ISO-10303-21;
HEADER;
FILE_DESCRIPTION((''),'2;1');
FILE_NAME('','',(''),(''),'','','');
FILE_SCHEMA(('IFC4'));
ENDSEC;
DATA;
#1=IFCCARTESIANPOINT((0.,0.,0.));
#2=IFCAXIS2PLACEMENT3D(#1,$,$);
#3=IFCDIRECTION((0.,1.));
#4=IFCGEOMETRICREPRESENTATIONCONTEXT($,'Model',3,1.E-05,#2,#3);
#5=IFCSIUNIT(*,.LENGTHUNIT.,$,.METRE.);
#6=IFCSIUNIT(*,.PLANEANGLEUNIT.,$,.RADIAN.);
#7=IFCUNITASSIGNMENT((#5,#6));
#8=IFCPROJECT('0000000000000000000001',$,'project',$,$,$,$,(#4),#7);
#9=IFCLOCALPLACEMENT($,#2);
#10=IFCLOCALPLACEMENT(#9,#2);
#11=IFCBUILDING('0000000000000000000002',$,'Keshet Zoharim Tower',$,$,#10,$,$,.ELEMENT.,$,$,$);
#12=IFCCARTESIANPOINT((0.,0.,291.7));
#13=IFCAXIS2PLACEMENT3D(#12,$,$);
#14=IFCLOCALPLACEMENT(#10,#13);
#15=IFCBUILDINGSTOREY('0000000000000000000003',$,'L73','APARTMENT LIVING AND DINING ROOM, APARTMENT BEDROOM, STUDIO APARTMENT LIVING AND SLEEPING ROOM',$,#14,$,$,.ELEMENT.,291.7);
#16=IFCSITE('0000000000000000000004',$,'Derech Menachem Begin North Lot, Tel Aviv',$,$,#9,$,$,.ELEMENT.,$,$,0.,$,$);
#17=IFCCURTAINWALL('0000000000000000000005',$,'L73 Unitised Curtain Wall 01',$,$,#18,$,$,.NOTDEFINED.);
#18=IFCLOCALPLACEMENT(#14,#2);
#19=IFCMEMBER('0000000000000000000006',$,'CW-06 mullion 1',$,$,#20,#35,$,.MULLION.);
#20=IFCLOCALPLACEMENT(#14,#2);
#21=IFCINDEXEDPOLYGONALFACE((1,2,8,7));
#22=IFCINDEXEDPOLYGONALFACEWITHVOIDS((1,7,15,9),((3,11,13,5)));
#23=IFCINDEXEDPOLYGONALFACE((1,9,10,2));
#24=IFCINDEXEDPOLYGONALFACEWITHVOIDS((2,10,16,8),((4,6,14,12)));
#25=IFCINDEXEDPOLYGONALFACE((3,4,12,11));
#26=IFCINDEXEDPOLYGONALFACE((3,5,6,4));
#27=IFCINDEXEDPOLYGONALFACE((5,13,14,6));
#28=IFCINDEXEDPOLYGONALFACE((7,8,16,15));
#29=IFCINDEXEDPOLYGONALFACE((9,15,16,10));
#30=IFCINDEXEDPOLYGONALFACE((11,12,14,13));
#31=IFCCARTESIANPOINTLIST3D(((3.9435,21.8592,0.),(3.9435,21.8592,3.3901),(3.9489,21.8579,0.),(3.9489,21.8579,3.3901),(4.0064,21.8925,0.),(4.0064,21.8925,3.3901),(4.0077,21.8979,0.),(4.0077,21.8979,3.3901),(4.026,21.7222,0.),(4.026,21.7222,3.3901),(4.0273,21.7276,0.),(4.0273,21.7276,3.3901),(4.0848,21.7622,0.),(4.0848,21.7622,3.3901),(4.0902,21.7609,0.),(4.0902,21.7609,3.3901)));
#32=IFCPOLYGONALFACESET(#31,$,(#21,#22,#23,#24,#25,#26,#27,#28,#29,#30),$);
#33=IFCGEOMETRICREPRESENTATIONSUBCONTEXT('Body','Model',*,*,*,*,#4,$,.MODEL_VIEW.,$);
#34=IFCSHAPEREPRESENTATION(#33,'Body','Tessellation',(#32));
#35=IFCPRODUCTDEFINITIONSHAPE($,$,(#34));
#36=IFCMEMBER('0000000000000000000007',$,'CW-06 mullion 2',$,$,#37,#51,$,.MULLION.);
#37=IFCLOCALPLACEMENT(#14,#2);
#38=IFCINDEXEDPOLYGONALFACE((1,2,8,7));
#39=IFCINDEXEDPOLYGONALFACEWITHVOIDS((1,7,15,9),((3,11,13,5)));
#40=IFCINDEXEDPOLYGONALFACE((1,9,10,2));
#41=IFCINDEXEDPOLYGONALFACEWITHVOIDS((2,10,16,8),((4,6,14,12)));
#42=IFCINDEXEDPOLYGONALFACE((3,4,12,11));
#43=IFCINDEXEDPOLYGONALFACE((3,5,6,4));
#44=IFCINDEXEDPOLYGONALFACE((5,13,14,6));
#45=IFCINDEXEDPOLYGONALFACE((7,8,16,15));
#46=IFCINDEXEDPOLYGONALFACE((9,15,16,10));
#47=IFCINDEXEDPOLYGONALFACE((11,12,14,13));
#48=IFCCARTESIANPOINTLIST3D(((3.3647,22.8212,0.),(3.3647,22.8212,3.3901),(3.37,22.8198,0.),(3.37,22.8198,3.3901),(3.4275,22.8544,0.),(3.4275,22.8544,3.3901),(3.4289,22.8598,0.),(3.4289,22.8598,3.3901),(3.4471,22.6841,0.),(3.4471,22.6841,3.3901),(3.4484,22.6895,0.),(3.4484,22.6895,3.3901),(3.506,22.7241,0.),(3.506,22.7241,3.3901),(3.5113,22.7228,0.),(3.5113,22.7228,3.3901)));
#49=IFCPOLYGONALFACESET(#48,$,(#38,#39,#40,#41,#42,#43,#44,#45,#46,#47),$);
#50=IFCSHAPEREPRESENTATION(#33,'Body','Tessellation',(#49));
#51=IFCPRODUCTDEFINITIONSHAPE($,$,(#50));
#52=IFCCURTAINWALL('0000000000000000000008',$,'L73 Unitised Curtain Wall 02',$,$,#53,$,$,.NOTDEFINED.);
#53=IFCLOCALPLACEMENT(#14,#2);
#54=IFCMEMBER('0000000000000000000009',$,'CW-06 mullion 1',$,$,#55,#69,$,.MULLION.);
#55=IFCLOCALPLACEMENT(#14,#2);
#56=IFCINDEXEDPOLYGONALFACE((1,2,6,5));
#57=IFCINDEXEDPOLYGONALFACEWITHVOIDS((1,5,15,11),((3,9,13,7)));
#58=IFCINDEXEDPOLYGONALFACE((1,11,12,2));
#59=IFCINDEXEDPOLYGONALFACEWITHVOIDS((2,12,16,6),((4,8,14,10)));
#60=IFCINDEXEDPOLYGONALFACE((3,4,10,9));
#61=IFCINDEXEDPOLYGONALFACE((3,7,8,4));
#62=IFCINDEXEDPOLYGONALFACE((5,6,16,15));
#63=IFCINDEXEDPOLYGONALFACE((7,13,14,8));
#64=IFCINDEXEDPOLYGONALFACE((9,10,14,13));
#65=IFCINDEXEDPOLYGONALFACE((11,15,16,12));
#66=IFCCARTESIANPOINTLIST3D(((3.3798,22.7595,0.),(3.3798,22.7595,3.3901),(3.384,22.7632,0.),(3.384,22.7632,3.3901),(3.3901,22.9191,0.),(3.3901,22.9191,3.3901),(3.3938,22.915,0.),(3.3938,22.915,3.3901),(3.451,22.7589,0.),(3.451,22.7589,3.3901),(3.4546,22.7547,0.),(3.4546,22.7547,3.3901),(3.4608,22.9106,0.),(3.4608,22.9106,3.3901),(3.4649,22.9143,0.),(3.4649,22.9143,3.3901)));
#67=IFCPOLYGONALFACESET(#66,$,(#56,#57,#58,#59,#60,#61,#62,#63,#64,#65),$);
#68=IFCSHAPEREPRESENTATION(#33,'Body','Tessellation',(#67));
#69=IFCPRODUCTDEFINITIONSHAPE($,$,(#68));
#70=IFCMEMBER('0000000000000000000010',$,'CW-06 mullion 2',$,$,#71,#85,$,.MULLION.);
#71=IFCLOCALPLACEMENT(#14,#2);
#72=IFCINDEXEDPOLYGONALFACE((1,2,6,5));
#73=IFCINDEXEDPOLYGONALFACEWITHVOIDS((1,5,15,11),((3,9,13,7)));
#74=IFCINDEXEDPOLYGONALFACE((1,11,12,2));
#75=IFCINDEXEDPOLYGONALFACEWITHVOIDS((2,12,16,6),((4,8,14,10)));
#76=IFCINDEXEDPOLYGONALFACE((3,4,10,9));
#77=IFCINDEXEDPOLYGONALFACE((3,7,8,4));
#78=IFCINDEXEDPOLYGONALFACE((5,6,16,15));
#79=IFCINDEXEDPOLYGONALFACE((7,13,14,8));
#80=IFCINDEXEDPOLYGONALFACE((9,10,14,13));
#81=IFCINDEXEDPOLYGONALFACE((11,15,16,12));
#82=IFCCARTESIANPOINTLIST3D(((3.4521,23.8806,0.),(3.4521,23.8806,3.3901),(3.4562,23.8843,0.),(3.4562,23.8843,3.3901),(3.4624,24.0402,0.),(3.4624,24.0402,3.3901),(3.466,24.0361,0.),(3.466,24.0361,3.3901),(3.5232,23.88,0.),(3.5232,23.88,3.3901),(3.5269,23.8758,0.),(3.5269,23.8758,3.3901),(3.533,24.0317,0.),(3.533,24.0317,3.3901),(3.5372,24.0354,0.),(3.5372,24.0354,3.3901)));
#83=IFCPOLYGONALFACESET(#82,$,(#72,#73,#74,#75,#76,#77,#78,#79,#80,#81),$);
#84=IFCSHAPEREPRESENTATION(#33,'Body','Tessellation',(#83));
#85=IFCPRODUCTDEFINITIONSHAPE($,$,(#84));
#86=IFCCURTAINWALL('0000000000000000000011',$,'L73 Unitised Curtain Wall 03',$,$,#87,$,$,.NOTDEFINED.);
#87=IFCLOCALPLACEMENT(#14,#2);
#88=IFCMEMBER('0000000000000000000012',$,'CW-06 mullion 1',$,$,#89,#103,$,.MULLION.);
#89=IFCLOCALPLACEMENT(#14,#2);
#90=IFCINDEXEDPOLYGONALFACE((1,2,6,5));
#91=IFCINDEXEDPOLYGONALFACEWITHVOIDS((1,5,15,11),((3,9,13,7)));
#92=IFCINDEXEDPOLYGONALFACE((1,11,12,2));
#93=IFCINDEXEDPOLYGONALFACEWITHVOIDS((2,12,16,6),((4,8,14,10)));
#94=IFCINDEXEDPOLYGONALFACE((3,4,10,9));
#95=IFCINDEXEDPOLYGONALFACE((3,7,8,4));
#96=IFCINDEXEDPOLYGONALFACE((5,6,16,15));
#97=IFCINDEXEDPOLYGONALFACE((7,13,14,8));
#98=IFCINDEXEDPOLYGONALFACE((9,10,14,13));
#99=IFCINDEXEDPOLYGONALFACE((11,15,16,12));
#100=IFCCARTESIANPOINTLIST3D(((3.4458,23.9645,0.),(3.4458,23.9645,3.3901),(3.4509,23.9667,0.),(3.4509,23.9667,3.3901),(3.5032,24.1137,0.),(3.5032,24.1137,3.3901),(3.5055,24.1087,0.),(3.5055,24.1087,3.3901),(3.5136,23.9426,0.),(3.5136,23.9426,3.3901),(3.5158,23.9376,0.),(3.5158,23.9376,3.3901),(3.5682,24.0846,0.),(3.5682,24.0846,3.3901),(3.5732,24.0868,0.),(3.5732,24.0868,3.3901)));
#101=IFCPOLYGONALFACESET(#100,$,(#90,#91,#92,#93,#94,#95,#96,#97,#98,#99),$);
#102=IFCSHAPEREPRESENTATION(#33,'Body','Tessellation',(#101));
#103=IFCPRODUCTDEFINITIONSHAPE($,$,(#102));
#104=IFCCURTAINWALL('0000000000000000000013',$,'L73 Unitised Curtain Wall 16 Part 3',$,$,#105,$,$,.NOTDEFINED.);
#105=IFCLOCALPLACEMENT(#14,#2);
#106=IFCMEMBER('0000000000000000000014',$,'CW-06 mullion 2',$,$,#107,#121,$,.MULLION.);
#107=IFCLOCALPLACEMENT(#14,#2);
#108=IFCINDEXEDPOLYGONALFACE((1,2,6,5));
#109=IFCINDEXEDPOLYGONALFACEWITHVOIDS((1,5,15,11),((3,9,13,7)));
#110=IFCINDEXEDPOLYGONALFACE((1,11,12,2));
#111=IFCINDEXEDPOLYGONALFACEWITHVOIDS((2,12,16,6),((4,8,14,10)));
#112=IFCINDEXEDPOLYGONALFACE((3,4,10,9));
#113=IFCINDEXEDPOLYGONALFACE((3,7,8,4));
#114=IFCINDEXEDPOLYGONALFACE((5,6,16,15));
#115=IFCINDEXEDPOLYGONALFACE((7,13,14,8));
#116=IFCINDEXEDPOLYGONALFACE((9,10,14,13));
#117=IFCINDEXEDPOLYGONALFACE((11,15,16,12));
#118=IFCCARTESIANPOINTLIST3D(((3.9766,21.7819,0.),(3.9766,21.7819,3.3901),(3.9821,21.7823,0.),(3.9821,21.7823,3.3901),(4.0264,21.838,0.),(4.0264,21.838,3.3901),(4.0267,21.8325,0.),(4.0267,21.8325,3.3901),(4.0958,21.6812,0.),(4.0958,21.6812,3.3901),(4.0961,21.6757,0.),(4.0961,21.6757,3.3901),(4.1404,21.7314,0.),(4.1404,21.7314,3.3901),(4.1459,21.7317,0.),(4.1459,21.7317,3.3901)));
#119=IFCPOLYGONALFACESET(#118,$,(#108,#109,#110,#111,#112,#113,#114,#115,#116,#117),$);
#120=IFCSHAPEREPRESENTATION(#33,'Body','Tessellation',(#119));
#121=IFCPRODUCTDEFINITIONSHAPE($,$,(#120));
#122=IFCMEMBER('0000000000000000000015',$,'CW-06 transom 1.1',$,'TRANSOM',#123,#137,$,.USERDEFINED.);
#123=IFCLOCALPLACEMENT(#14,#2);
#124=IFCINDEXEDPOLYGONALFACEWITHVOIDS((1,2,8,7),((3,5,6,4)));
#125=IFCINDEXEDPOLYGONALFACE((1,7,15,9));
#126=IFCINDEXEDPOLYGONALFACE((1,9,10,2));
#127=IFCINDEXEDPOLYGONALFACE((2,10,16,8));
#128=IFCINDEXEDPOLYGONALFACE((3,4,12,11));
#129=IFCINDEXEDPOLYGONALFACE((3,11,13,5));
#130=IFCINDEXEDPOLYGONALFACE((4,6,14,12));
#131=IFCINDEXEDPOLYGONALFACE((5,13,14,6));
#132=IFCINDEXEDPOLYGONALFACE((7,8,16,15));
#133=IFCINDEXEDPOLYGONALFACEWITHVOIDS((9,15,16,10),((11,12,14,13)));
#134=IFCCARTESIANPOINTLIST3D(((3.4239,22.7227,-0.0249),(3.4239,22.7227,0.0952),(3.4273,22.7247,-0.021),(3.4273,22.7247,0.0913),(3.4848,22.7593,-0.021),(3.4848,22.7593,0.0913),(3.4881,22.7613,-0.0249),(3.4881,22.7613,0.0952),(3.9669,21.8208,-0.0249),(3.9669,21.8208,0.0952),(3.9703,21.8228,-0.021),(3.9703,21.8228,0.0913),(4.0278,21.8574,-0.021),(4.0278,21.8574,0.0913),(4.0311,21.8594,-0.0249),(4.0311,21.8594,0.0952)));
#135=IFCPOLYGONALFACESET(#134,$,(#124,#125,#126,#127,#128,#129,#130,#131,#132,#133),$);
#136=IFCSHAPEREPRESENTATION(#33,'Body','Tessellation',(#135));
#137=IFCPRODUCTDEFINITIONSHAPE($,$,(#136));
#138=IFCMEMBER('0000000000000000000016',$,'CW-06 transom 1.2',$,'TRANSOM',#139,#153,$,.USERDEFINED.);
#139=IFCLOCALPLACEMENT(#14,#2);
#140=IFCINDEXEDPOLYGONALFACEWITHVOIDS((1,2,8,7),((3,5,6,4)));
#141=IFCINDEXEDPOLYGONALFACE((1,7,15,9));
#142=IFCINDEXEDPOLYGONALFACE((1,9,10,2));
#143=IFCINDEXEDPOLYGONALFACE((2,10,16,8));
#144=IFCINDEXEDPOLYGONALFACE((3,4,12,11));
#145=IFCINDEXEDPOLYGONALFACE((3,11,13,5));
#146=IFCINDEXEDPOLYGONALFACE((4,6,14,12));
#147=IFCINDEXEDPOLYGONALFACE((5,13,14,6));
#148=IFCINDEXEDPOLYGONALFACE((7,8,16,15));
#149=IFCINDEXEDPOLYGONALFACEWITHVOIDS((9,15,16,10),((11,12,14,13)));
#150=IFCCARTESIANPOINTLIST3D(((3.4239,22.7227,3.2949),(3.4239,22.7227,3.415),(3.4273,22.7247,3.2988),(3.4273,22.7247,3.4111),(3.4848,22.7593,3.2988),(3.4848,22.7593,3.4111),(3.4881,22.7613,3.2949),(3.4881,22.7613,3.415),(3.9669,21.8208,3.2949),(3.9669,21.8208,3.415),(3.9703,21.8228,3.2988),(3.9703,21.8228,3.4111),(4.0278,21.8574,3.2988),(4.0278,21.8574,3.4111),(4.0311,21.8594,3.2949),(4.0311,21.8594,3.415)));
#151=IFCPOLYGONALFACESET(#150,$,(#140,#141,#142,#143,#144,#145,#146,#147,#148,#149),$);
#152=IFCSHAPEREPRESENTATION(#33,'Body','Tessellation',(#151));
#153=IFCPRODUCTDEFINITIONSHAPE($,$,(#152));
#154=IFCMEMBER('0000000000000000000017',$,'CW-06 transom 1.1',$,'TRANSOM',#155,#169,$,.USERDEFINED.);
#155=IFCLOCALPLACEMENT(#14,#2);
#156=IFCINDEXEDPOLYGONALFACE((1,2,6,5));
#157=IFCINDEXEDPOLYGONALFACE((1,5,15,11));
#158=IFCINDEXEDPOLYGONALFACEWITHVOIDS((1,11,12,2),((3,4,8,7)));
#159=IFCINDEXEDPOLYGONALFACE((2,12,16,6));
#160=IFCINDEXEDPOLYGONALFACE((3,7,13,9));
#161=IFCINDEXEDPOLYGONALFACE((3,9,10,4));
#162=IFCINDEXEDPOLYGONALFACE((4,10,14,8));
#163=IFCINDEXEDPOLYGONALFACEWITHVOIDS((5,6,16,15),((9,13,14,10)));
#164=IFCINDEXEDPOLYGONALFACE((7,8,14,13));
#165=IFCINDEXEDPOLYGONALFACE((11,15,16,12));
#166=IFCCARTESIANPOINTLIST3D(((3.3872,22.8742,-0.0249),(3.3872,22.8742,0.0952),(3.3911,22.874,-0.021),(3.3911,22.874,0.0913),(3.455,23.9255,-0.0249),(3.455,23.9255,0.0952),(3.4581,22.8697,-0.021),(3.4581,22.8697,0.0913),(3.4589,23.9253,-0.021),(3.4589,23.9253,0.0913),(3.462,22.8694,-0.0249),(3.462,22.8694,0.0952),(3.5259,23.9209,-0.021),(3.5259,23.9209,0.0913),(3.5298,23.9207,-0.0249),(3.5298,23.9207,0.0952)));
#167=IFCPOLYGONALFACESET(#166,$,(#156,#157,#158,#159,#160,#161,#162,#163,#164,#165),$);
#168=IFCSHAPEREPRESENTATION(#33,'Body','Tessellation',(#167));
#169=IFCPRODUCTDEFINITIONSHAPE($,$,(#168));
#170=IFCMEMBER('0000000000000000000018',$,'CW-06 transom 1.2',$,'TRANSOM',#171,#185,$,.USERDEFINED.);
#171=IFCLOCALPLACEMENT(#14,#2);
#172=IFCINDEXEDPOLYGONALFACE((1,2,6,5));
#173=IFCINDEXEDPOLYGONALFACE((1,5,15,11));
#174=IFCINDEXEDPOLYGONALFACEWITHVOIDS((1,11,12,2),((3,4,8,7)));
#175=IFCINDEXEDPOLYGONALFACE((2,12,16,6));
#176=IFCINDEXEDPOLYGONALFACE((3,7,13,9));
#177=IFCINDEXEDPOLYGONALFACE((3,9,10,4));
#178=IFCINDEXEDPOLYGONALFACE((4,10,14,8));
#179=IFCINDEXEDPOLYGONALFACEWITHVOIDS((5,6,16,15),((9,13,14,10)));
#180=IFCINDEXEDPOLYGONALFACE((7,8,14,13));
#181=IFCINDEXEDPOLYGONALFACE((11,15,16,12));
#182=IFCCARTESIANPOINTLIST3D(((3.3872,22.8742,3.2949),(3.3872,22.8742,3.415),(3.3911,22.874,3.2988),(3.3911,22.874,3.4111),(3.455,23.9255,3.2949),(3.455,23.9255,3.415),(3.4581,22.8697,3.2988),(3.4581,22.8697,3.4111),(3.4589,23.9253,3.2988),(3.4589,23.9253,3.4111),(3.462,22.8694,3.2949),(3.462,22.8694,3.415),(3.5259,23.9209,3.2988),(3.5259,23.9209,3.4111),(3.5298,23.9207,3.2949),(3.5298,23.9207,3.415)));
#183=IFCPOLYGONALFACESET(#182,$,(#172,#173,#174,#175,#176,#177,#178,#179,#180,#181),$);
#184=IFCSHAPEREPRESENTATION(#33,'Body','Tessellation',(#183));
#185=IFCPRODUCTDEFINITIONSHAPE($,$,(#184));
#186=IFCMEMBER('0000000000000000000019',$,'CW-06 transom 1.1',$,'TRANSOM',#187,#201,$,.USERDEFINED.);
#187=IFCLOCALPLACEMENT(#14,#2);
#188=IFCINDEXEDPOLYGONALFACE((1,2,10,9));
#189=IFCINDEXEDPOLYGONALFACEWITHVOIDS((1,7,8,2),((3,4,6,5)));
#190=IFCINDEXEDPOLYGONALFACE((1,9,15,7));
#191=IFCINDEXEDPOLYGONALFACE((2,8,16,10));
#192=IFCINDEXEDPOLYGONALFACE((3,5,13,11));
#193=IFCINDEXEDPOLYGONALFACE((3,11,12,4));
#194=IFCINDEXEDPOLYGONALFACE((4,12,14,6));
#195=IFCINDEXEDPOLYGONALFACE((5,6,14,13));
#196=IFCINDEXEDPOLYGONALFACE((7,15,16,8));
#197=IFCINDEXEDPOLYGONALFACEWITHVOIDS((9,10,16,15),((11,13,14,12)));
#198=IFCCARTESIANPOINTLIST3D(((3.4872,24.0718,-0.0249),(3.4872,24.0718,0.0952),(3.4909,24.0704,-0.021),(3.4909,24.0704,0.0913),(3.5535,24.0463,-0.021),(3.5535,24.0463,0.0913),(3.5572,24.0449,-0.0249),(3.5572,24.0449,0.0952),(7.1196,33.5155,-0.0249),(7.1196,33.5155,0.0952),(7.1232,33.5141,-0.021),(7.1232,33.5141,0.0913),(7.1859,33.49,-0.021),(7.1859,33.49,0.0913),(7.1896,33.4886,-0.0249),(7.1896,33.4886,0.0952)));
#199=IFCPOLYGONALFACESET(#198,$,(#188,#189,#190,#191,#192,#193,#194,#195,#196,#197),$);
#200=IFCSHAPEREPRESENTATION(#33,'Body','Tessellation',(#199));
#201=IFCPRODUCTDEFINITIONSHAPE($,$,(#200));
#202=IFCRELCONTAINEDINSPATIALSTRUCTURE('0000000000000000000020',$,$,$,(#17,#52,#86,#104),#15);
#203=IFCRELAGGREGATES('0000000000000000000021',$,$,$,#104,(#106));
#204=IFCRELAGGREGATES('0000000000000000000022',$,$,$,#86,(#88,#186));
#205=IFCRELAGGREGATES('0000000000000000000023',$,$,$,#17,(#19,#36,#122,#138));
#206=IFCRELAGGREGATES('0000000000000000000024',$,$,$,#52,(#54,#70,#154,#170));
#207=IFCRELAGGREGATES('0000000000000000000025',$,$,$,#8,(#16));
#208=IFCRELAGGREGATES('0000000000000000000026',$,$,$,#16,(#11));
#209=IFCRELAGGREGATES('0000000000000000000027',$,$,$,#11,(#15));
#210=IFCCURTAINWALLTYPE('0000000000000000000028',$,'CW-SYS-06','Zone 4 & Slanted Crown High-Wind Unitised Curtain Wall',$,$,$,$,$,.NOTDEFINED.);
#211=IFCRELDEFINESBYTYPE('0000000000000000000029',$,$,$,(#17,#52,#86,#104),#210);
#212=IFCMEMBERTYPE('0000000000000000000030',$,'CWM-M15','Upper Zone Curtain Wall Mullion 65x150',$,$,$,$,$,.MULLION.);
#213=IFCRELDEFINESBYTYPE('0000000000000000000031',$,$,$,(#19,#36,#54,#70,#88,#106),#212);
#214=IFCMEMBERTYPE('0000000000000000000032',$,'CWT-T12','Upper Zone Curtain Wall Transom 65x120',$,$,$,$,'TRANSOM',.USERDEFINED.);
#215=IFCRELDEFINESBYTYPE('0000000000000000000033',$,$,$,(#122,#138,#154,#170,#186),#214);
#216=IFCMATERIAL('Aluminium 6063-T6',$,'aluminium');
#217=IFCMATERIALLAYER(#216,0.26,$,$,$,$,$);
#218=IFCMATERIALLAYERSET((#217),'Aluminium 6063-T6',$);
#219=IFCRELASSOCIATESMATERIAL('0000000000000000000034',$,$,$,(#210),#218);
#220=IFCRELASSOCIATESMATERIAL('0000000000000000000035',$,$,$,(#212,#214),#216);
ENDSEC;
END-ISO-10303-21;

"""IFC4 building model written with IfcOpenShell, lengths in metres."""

from ifc_helpers import new_model, si_unit, direction, frame, origin, origin_2d, place, context, subcontext, project, spatial, hollow_rectangle, extrude, material, layer, layer_set, material_profile, profile_set, type_object, element, aggregate, save


model = new_model("IFC4")

# Units and contexts
model_context = context("Model", 3, precision=1e-05, world=origin(), true_north=direction((0.0, 1.0)))
body_context = subcontext(model_context, "Body", "Model", "MODEL_VIEW")
ifc_project = project(units=[si_unit("LENGTHUNIT", "METRE"), si_unit("PLANEANGLEUNIT", "RADIAN")], contexts=[model_context])

# Site, building, storey
site_placement = place(None, origin())
site = spatial("IfcSite", under=ifc_project, at=site_placement, Name="Derech Menachem Begin North Lot, Tel Aviv", CompositionType="ELEMENT", RefElevation=0.0)
building_placement = place(site_placement, origin())
building = spatial("IfcBuilding", under=site, at=building_placement, Name="Keshet Zoharim Tower", CompositionType="ELEMENT")
storey_placement = place(building_placement, frame((0.0, 0.0, 291.7)))
storey = spatial("IfcBuildingStorey", under=building, at=storey_placement, Name="L73", Description="APARTMENT LIVING AND DINING ROOM, APARTMENT BEDROOM, STUDIO APARTMENT LIVING AND SLEEPING ROOM", CompositionType="ELEMENT", Elevation=291.7)

# Curtain walls, members
ifc_material_1 = material(Name="Aluminium 6063-T6", Category="aluminium")
ifc_layer_1 = layer(ifc_material_1, 0.26)
ifc_layer_set_1 = layer_set([ifc_layer_1], Name="Aluminium 6063-T6")
curtain_wall_type = type_object("IfcCurtainWallType", Name="CW-SYS-06", Description="Zone 4 & Slanted Crown High-Wind Unitised Curtain Wall", PredefinedType="NOTDEFINED", material=ifc_layer_set_1)
curtain_wall_1_placement = place(storey_placement, origin())
curtain_wall_1 = element("IfcCurtainWall", 1, at=curtain_wall_1_placement, inside=storey, type_object=curtain_wall_type, Name="L73 Unitised Curtain Wall 01", PredefinedType="NOTDEFINED")
ifc_material_profile_1 = material_profile(ifc_material_1, hollow_rectangle(XDim=0.075, YDim=0.1599, WallThickness=0.0039, at=origin_2d()), Name="MUL-75x160")
ifc_profile_set_1 = profile_set([ifc_material_profile_1], Name="Aluminium 6063-T6")
member_type_1 = type_object("IfcMemberType", Name="CWM-M15", Description="Upper Zone Curtain Wall Mullion 65x150", PredefinedType="MULLION", material=ifc_profile_set_1)
member_1_placement = place(storey_placement, frame((4.0168, 21.8101, 0.0), z_axis=(0.0, 0.0, 1.0), x_axis=(-0.856826, -0.515605, 0.0)))
member_1 = element("IfcMember", 2, at=member_1_placement, type_object=member_type_1, Name="CW-06 mullion 1", PredefinedType="MULLION", context=body_context, shape_type="SweptSolid", body=[
    extrude(hollow_rectangle(XDim=0.075, YDim=0.1599, WallThickness=0.0039, at=origin_2d()), origin(), (0.0, 0.0, 1.0), 3.3901),
])
member_2_placement = place(storey_placement, frame((3.438, 22.772, 0.0), z_axis=(0.0, 0.0, 1.0), x_axis=(-0.856826, -0.515605, 0.0)))
member_2 = element("IfcMember", 3, at=member_2_placement, type_object=member_type_1, Name="CW-06 mullion 2", PredefinedType="MULLION", context=body_context, shape_type="SweptSolid", body=[
    extrude(hollow_rectangle(XDim=0.075, YDim=0.1599, WallThickness=0.0039, at=origin_2d()), origin(), (0.0, 0.0, 1.0), 3.3901),
])
curtain_wall_2_placement = place(storey_placement, origin())
curtain_wall_2 = element("IfcCurtainWall", 4, at=curtain_wall_2_placement, inside=storey, type_object=curtain_wall_type, Name="L73 Unitised Curtain Wall 02", PredefinedType="NOTDEFINED")
member_3_placement = place(storey_placement, frame((3.4224, 22.8369, 0.0), z_axis=(0.0, 0.0, 1.0), x_axis=(-0.997917, 0.064517, 0.0)))
member_3 = element("IfcMember", 5, at=member_3_placement, type_object=member_type_1, Name="CW-06 mullion 1", PredefinedType="MULLION", context=body_context, shape_type="SweptSolid", body=[
    extrude(hollow_rectangle(XDim=0.075, YDim=0.1599, WallThickness=0.0039, at=origin_2d()), origin(), (0.0, 0.0, 1.0), 3.3901),
])
member_4_placement = place(storey_placement, frame((3.4946, 23.958, 0.0), z_axis=(0.0, 0.0, 1.0), x_axis=(-0.997917, 0.064517, 0.0)))
member_4 = element("IfcMember", 6, at=member_4_placement, type_object=member_type_1, Name="CW-06 mullion 2", PredefinedType="MULLION", context=body_context, shape_type="SweptSolid", body=[
    extrude(hollow_rectangle(XDim=0.075, YDim=0.1599, WallThickness=0.0039, at=origin_2d()), origin(), (0.0, 0.0, 1.0), 3.3901),
])

# Curtain walls, members
curtain_wall_3_placement = place(storey_placement, origin())
curtain_wall_3 = element("IfcCurtainWall", 7, at=curtain_wall_3_placement, inside=storey, type_object=curtain_wall_type, Name="L73 Unitised Curtain Wall 03", PredefinedType="NOTDEFINED")
member_5_placement = place(storey_placement, frame((3.5095, 24.0256, 0.0), z_axis=(0.0, 0.0, 1.0), x_axis=(-0.933341, 0.35899, 0.0)))
member_5 = element("IfcMember", 8, at=member_5_placement, type_object=member_type_1, Name="CW-06 mullion 1", PredefinedType="MULLION", context=body_context, shape_type="SweptSolid", body=[
    extrude(hollow_rectangle(XDim=0.075, YDim=0.1599, WallThickness=0.0039, at=origin_2d()), origin(), (0.0, 0.0, 1.0), 3.3901),
])
curtain_wall_4_placement = place(storey_placement, origin())
curtain_wall_4 = element("IfcCurtainWall", 9, at=curtain_wall_4_placement, inside=storey, type_object=curtain_wall_type, Name="L73 Unitised Curtain Wall 16 Part 3", PredefinedType="NOTDEFINED")
member_6_placement = place(storey_placement, frame((4.0613, 21.7568, 0.0), z_axis=(0.0, 0.0, 1.0), x_axis=(-0.664364, -0.747409, 0.0)))
member_6 = element("IfcMember", 10, at=member_6_placement, type_object=member_type_1, Name="CW-06 mullion 2", PredefinedType="MULLION", context=body_context, shape_type="SweptSolid", body=[
    extrude(hollow_rectangle(XDim=0.075, YDim=0.1599, WallThickness=0.0039, at=origin_2d()), origin(), (0.0, 0.0, 1.0), 3.3901),
])
aggregate(curtain_wall_4, [member_6])

# Members
ifc_material_profile_2 = material_profile(ifc_material_1, hollow_rectangle(XDim=0.075, YDim=0.1201, WallThickness=0.0039, at=origin_2d()), Name="TRN-75x120")
ifc_profile_set_2 = profile_set([ifc_material_profile_2], Name="Aluminium 6063-T6")
member_type_2 = type_object("IfcMemberType", Name="CWT-T12", Description="Upper Zone Curtain Wall Transom 65x120", ElementType="TRANSOM", PredefinedType="USERDEFINED", material=ifc_profile_set_2)
member_7_placement = place(storey_placement, frame((3.999, 21.8401, 0.0352), z_axis=(-0.515791, 0.856714, 0.0), x_axis=(-0.856714, -0.515791, 0.0)))
member_7 = element("IfcMember", 11, at=member_7_placement, type_object=member_type_2, Name="CW-06 transom 1.1", ObjectType="TRANSOM", PredefinedType="USERDEFINED", context=body_context, shape_type="SweptSolid", body=[
    extrude(hollow_rectangle(XDim=0.075, YDim=0.1201, WallThickness=0.0039, at=origin_2d()), origin(), (0.0, 0.0, 1.0), 1.0527),
])
member_8_placement = place(storey_placement, frame((3.999, 21.8401, 3.355), z_axis=(-0.515791, 0.856714, 0.0), x_axis=(-0.856714, -0.515791, 0.0)))
member_8 = element("IfcMember", 12, at=member_8_placement, type_object=member_type_2, Name="CW-06 transom 1.2", ObjectType="TRANSOM", PredefinedType="USERDEFINED", context=body_context, shape_type="SweptSolid", body=[
    extrude(hollow_rectangle(XDim=0.075, YDim=0.1201, WallThickness=0.0039, at=origin_2d()), origin(), (0.0, 0.0, 1.0), 1.0527),
])
member_9_placement = place(storey_placement, frame((3.4246, 22.8718, 0.0352), z_axis=(0.064427, 0.997922, 0.0), x_axis=(-0.997922, 0.064427, 0.0)))
member_9 = element("IfcMember", 13, at=member_9_placement, type_object=member_type_2, Name="CW-06 transom 1.1", ObjectType="TRANSOM", PredefinedType="USERDEFINED", context=body_context, shape_type="SweptSolid", body=[
    extrude(hollow_rectangle(XDim=0.075, YDim=0.1201, WallThickness=0.0039, at=origin_2d()), origin(), (0.0, 0.0, 1.0), 1.0535),
])
member_10_placement = place(storey_placement, frame((3.4246, 22.8718, 3.355), z_axis=(0.064427, 0.997922, 0.0), x_axis=(-0.997922, 0.064427, 0.0)))
member_10 = element("IfcMember", 14, at=member_10_placement, type_object=member_type_2, Name="CW-06 transom 1.2", ObjectType="TRANSOM", PredefinedType="USERDEFINED", context=body_context, shape_type="SweptSolid", body=[
    extrude(hollow_rectangle(XDim=0.075, YDim=0.1201, WallThickness=0.0039, at=origin_2d()), origin(), (0.0, 0.0, 1.0), 1.0535),
])
member_11_placement = place(storey_placement, frame((3.5222, 24.0583, 0.0352), z_axis=(0.358994, 0.93334, 0.0), x_axis=(-0.93334, 0.358994, 0.0)))
member_11 = element("IfcMember", 15, at=member_11_placement, type_object=member_type_2, Name="CW-06 transom 1.1", ObjectType="TRANSOM", PredefinedType="USERDEFINED", context=body_context, shape_type="SweptSolid", body=[
    extrude(hollow_rectangle(XDim=0.075, YDim=0.1201, WallThickness=0.0039, at=origin_2d()), origin(), (0.0, 0.0, 1.0), 10.1182),
])
aggregate(curtain_wall_3, [member_5, member_11])

aggregate(curtain_wall_1, [member_1, member_2, member_7, member_8])
aggregate(curtain_wall_2, [member_3, member_4, member_9, member_10])

save(model, "model.ifc")
